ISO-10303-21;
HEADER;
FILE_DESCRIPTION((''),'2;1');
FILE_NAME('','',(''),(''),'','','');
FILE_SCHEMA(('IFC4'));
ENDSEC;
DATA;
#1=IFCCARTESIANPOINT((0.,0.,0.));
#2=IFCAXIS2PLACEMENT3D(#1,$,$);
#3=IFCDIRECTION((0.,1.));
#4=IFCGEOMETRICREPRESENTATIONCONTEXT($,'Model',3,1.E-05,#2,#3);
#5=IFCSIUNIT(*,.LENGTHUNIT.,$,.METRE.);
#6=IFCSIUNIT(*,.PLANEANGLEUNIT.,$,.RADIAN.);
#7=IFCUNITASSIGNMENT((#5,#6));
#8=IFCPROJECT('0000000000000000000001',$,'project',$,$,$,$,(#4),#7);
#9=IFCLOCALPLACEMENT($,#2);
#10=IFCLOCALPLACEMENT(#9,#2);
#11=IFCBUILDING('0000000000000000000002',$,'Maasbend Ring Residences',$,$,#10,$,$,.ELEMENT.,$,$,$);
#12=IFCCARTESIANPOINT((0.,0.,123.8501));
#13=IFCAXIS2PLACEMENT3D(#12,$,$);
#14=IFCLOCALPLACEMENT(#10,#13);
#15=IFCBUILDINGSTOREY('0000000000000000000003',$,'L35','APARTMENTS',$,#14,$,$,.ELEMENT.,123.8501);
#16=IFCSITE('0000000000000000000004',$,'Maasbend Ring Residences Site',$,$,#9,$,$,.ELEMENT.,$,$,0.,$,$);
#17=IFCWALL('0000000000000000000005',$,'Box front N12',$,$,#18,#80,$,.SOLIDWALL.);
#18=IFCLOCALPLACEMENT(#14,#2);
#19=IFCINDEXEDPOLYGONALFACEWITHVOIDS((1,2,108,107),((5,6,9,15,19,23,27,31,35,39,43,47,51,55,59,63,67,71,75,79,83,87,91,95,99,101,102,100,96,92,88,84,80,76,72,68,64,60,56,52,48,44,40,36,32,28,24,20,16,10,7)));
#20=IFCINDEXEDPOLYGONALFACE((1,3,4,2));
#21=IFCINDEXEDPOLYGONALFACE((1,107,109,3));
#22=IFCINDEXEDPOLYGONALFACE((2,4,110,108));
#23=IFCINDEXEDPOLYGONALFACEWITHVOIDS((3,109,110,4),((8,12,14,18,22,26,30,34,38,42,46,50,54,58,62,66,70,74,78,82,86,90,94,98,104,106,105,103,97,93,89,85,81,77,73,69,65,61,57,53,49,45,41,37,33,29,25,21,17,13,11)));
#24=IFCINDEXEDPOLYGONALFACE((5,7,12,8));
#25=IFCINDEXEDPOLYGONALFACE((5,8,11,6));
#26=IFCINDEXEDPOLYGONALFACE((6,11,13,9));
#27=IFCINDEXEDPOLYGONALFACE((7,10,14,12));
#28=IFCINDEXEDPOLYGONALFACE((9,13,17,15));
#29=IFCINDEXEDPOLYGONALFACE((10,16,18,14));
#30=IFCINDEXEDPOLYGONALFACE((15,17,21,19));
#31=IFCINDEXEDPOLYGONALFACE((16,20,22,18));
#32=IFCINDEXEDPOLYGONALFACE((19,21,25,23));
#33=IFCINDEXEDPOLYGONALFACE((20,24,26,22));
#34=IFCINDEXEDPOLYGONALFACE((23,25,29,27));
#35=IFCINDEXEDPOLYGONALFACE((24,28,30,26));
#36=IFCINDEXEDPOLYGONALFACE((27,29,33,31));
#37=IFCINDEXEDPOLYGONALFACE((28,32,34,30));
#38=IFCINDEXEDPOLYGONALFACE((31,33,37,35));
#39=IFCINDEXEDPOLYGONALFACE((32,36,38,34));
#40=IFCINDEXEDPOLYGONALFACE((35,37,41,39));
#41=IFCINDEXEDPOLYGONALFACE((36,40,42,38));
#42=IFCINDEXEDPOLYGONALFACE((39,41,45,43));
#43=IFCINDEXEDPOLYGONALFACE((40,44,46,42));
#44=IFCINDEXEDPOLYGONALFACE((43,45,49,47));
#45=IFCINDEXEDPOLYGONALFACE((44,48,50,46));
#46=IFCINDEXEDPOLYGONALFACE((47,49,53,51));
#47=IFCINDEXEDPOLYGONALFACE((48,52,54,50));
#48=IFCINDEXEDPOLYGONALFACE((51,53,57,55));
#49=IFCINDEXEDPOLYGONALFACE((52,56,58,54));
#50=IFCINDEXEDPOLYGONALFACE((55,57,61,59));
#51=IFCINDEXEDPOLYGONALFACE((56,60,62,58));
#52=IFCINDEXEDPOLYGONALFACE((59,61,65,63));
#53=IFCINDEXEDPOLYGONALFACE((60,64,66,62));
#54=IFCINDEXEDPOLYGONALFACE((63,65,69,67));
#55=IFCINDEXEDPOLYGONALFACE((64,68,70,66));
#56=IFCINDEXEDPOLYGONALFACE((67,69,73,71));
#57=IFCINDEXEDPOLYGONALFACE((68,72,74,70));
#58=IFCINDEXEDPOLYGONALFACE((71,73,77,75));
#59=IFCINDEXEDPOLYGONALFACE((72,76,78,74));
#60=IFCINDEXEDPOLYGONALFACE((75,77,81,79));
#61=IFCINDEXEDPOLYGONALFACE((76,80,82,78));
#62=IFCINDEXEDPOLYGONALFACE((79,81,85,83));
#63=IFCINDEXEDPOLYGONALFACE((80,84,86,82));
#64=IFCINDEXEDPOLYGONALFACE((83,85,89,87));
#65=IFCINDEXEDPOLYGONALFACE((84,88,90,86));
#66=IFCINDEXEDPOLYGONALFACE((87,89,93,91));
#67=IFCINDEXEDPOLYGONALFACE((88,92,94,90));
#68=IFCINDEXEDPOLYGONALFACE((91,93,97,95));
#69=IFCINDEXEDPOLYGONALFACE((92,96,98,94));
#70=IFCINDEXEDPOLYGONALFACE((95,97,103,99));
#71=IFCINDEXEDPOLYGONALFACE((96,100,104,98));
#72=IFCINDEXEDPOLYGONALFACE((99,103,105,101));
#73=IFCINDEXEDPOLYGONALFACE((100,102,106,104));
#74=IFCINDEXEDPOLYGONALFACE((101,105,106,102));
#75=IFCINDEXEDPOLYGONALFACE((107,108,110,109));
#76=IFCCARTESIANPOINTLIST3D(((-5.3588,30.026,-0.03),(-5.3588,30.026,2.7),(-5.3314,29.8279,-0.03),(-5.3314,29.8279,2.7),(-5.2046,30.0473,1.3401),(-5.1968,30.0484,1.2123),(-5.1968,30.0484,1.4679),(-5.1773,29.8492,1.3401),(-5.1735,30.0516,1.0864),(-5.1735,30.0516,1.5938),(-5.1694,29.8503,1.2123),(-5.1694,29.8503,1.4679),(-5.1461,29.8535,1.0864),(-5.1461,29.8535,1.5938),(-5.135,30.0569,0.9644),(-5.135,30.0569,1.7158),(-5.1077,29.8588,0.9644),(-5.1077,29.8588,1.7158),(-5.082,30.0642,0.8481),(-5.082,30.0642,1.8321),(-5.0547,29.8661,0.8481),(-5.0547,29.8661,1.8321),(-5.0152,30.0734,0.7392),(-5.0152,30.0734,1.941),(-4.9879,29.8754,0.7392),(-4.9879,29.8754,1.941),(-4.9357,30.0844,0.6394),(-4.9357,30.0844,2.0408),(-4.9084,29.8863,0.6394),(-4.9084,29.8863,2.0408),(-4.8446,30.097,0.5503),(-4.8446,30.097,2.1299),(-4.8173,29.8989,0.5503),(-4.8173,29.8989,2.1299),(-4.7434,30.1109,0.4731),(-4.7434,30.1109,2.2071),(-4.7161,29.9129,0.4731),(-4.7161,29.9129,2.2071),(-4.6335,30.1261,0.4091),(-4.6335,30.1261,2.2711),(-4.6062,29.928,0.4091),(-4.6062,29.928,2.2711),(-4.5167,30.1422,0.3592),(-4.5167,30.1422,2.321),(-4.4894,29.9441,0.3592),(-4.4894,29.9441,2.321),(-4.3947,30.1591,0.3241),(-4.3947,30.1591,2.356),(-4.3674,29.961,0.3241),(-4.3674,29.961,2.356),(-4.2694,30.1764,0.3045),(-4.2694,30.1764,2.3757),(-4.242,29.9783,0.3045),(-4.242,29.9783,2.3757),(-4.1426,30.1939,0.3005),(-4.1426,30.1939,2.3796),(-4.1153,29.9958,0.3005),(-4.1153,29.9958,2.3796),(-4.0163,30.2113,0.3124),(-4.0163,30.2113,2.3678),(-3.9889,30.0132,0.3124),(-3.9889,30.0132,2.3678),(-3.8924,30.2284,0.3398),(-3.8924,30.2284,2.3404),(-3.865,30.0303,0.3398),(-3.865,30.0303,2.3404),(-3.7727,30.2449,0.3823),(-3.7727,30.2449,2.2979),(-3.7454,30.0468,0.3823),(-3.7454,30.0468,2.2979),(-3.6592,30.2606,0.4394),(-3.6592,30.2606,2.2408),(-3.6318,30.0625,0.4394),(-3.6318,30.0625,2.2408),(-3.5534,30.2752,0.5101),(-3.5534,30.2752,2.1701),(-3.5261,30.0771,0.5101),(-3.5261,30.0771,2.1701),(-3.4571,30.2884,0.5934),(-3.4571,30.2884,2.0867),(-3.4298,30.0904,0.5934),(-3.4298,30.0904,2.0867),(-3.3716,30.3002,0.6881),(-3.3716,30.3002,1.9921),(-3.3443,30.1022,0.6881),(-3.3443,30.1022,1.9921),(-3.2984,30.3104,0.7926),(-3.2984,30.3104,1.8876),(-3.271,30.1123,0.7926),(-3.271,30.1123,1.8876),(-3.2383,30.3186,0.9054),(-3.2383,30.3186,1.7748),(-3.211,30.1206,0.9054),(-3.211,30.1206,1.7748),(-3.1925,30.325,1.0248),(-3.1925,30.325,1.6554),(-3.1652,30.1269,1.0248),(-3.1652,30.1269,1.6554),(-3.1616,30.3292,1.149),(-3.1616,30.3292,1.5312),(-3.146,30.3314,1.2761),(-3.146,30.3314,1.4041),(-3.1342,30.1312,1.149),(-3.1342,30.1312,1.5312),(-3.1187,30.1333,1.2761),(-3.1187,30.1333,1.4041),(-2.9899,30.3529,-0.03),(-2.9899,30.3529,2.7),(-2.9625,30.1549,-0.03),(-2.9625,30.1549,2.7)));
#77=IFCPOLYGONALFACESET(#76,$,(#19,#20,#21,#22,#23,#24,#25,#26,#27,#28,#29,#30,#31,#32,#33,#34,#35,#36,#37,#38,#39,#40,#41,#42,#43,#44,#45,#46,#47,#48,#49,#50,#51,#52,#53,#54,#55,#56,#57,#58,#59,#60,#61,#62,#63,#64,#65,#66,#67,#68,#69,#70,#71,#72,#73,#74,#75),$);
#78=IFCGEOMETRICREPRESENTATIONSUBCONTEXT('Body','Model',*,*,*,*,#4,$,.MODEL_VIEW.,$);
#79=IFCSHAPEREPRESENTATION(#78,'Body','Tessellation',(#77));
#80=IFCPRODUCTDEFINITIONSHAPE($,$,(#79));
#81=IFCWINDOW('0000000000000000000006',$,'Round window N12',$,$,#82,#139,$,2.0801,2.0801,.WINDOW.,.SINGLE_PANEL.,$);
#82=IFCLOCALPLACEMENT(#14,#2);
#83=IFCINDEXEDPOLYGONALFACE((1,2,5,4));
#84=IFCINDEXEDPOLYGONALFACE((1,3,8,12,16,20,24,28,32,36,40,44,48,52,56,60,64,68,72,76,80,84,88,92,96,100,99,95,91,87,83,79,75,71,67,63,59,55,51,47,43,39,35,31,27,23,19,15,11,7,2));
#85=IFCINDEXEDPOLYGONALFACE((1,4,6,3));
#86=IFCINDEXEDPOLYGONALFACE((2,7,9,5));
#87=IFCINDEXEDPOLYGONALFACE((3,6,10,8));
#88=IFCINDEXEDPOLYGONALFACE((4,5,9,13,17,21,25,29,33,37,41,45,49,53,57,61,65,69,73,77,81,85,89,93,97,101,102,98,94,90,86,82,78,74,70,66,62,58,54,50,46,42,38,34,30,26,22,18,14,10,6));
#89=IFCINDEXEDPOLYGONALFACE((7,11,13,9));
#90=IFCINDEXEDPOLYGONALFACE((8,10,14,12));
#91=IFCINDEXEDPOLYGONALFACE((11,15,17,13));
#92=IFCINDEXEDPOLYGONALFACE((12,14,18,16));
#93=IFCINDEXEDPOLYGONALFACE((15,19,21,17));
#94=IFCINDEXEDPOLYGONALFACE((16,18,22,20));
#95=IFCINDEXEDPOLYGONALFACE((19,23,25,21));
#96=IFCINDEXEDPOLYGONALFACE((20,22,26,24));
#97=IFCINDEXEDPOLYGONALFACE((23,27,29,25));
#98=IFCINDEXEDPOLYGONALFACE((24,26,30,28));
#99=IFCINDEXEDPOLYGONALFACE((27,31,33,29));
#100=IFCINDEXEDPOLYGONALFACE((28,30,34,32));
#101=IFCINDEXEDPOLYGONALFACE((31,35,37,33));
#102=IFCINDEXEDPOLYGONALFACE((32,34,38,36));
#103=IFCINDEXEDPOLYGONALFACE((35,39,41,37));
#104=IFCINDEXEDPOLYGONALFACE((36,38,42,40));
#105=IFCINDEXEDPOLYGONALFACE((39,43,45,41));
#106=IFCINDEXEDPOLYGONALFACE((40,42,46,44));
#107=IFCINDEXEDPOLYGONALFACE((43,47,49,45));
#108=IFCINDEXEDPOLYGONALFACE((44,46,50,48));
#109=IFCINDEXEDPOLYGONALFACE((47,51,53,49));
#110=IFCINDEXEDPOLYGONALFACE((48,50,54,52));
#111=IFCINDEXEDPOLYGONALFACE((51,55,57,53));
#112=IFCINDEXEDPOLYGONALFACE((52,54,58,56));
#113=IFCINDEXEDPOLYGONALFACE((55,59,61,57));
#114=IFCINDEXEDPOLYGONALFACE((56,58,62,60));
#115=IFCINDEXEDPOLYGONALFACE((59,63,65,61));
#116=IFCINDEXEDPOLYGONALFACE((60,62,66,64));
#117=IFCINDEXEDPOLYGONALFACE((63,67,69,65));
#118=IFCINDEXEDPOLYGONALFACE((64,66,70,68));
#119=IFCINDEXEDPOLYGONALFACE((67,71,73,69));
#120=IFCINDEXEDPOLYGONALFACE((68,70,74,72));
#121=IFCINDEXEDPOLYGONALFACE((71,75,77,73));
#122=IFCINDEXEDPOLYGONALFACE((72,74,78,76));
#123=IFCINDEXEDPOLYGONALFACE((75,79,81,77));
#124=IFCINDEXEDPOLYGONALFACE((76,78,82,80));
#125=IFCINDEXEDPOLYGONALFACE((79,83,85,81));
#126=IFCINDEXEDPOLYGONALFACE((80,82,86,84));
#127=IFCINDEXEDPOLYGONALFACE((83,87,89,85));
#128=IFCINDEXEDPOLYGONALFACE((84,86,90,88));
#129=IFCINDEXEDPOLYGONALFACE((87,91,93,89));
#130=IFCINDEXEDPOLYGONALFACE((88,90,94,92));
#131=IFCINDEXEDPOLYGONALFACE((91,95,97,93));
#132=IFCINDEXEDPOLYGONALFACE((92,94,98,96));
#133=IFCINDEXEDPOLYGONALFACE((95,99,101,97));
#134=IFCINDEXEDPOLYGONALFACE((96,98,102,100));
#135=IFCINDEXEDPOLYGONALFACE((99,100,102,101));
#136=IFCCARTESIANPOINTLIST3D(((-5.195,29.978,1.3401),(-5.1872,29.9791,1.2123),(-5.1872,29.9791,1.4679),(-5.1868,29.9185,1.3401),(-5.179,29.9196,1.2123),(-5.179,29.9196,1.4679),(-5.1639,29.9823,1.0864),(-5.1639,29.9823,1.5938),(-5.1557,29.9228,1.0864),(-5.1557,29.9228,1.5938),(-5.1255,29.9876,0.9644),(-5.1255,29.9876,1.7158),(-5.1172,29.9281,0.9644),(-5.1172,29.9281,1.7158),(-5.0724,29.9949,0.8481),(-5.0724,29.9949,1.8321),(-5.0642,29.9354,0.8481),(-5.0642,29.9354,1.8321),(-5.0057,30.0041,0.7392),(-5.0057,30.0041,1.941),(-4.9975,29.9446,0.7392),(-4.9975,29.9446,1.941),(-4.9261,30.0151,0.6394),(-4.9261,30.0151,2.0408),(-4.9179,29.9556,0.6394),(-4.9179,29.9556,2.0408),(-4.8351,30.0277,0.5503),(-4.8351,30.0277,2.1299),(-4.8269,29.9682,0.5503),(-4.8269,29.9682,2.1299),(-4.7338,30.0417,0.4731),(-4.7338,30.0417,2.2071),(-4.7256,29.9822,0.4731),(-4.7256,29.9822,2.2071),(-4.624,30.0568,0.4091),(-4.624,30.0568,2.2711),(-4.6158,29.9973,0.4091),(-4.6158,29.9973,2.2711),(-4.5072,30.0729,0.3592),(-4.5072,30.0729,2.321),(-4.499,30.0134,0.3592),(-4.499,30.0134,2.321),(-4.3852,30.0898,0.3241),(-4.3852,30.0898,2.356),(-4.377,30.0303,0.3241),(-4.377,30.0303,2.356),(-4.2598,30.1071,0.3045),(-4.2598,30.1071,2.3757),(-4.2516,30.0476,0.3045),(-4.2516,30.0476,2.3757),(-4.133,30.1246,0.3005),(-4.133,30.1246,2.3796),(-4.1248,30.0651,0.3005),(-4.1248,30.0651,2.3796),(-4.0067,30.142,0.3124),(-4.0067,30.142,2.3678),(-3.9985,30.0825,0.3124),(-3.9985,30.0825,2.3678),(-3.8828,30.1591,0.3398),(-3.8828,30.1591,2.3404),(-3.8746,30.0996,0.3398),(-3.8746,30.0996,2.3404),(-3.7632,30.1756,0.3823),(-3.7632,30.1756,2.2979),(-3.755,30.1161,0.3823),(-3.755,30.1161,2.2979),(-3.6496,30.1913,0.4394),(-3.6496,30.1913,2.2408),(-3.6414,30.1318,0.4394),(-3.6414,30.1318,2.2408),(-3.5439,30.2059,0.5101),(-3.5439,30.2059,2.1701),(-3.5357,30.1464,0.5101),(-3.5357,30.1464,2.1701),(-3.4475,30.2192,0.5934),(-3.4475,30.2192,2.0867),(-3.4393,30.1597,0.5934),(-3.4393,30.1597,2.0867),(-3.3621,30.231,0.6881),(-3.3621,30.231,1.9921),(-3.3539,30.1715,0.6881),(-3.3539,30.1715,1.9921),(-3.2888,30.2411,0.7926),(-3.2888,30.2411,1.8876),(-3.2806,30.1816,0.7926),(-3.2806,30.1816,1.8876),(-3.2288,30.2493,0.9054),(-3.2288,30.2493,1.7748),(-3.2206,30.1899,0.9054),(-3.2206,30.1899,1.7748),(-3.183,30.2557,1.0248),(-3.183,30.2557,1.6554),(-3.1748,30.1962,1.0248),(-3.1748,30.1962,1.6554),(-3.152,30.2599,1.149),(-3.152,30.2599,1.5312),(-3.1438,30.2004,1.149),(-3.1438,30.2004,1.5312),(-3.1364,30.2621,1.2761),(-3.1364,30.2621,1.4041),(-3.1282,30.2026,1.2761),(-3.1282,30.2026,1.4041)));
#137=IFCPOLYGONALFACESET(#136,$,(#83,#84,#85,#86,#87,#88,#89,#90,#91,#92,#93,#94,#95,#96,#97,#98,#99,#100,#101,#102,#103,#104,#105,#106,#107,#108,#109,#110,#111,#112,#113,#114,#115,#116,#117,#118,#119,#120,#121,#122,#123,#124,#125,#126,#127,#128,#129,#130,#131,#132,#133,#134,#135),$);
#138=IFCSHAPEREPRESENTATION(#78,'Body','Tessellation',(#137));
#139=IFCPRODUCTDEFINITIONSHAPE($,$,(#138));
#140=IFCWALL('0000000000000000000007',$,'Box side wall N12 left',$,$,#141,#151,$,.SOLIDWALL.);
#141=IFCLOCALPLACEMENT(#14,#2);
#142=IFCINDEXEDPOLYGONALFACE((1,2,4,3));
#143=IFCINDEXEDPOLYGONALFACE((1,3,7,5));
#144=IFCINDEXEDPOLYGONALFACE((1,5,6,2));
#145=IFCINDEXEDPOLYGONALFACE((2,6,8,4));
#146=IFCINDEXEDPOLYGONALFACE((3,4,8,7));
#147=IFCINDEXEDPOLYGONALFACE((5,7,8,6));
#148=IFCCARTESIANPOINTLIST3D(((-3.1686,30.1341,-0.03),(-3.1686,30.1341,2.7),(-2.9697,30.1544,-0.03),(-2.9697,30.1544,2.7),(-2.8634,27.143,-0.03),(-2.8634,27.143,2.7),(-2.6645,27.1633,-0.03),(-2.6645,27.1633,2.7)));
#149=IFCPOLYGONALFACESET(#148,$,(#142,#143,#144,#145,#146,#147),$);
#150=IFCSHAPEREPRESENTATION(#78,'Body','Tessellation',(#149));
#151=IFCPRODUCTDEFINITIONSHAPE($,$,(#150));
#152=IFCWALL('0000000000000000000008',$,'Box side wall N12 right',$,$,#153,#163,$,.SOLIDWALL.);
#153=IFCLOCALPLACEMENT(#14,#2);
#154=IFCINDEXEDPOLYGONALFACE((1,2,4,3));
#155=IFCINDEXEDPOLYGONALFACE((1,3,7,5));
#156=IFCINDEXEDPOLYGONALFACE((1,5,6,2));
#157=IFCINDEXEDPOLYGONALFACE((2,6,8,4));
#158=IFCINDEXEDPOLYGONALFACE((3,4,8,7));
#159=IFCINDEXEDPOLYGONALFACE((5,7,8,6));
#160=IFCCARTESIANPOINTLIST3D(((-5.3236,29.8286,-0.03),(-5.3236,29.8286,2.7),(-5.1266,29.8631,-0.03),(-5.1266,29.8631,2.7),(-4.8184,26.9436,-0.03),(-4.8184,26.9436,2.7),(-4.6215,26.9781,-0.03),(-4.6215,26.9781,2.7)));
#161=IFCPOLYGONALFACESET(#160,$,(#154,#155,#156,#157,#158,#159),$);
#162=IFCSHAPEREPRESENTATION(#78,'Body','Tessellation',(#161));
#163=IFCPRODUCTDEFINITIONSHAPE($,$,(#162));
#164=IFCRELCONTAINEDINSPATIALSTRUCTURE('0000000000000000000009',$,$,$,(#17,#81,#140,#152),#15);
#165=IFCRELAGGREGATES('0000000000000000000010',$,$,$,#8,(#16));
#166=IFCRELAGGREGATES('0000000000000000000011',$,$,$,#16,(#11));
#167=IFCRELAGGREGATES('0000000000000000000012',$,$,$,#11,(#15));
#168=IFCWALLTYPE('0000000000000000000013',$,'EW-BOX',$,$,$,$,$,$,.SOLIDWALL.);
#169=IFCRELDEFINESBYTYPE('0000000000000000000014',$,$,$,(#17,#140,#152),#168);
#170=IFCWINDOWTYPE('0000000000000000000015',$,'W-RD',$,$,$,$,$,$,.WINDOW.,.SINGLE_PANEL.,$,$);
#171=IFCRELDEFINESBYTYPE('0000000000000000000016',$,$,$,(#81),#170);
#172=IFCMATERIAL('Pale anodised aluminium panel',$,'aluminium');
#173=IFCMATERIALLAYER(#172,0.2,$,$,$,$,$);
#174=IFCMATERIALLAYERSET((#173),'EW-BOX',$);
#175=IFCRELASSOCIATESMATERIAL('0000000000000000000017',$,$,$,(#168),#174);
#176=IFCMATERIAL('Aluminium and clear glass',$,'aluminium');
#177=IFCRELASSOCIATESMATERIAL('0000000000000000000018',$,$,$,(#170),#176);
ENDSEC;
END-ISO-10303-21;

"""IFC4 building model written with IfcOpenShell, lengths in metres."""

from ifc_helpers import new_model, si_unit, direction, frame, frame_2d, origin, place, context, subcontext, project, spatial, rectangle, circle, extrude, material, layer, layer_set, type_object, element, fill, save


model = new_model("IFC4")

# Units and contexts
model_context = context("Model", 3, precision=1e-05, world=origin(), true_north=direction((0.0, 1.0)))
body_context = subcontext(model_context, "Body", "Model", "MODEL_VIEW")
ifc_project = project(units=[si_unit("LENGTHUNIT", "METRE"), si_unit("PLANEANGLEUNIT", "RADIAN")], contexts=[model_context])

# Site, building, storey
site_placement = place(None, origin())
site = spatial("IfcSite", under=ifc_project, at=site_placement, Name="Maasbend Ring Residences Site", CompositionType="ELEMENT", RefElevation=0.0)
building_placement = place(site_placement, origin())
building = spatial("IfcBuilding", under=site, at=building_placement, Name="Maasbend Ring Residences", CompositionType="ELEMENT")
storey_placement = place(building_placement, frame((0.0, 0.0, 123.8501)))
storey = spatial("IfcBuildingStorey", under=building, at=storey_placement, Name="L35", Description="APARTMENTS", CompositionType="ELEMENT", Elevation=123.8501)

# Wall, opening, window
ifc_material_1 = material(Name="Pale anodised aluminium panel", Category="aluminium")
ifc_layer_1 = layer(ifc_material_1, 0.2)
ifc_layer_set_1 = layer_set([ifc_layer_1], Name="EW-BOX")
wall_type_1 = type_object("IfcWallType", Name="EW-BOX", PredefinedType="SOLIDWALL", material=ifc_layer_set_1)
wall_1_placement = place(storey_placement, frame((-2.9761, 30.2539, -0.03), z_axis=(0.0, 0.0, 1.0), x_axis=(-0.990612, -0.136703, 0.0)))
wall_1 = element("IfcWall", 1, at=wall_1_placement, inside=storey, type_object=wall_type_1, Name="Box front N12", PredefinedType="SOLIDWALL", context=body_context, shape_type="SweptSolid", body=[
    extrude(rectangle(XDim=2.3914, YDim=0.2, at=frame_2d((1.1958, 0.0))), origin(), (0.0, 0.0, 1.0), 2.73),
])
opening_1_placement = place(wall_1_placement, frame((0.1558, 0.0, 0.3301)))
opening_1 = element("IfcOpeningElement", 2, at=opening_1_placement, cuts=wall_1, PredefinedType="OPENING", context=body_context, shape_type="SweptSolid", body=[
    extrude(circle(Radius=1.04, at=frame_2d((1.04, 1.04))), frame((0.0, 0.1099, 0.0), z_axis=(0.0, -1.0, 0.0), x_axis=(1.0, 0.0, 0.0)), (0.0, 0.0, 1.0), 0.22),
])
ifc_material_2 = material(Name="Aluminium and clear glass", Category="aluminium")
window_type_1 = type_object("IfcWindowType", Name="W-RD", PartitioningType="SINGLE_PANEL", PredefinedType="WINDOW", material=ifc_material_2)
window_1_placement = place(opening_1_placement, origin())
window_1 = element("IfcWindow", 3, at=window_1_placement, inside=storey, type_object=window_type_1, Name="Round window N12", OverallHeight=2.0801, OverallWidth=2.0801, PartitioningType="SINGLE_PANEL", PredefinedType="WINDOW", context=body_context, shape_type="SweptSolid", body=[
    extrude(circle(Radius=1.04, at=frame_2d((1.04, 1.04))), frame((0.0, 0.03, 0.0), z_axis=(0.0, -1.0, 0.0), x_axis=(1.0, 0.0, 0.0)), (0.0, 0.0, 1.0), 0.0601),
])
fill(opening_1, window_1)

# Walls
wall_2_placement = place(storey_placement, frame((-2.7639, 27.1531, -0.03), z_axis=(0.0, 0.0, 1.0), x_axis=(-0.101505, 0.994835, 0.0)))
element("IfcWall", 4, at=wall_2_placement, inside=storey, type_object=wall_type_1, Name="Box side wall N12 left", PredefinedType="SOLIDWALL", context=body_context, shape_type="SweptSolid", body=[
    extrude(rectangle(XDim=3.0066, YDim=0.2, at=frame_2d((1.5034, 0.0))), origin(), (0.0, 0.0, 1.0), 2.73),
])
wall_3_placement = place(storey_placement, frame((-4.72, 26.9609, -0.03), z_axis=(0.0, 0.0, 1.0), x_axis=(-0.172463, 0.985016, 0.0)))
element("IfcWall", 5, at=wall_3_placement, inside=storey, type_object=wall_type_1, Name="Box side wall N12 right", PredefinedType="SOLIDWALL", context=body_context, shape_type="SweptSolid", body=[
    extrude(rectangle(XDim=2.929, YDim=0.2, at=frame_2d((1.4644, 0.0))), origin(), (0.0, 0.0, 1.0), 2.73),
])

save(model, "model.ifc")
